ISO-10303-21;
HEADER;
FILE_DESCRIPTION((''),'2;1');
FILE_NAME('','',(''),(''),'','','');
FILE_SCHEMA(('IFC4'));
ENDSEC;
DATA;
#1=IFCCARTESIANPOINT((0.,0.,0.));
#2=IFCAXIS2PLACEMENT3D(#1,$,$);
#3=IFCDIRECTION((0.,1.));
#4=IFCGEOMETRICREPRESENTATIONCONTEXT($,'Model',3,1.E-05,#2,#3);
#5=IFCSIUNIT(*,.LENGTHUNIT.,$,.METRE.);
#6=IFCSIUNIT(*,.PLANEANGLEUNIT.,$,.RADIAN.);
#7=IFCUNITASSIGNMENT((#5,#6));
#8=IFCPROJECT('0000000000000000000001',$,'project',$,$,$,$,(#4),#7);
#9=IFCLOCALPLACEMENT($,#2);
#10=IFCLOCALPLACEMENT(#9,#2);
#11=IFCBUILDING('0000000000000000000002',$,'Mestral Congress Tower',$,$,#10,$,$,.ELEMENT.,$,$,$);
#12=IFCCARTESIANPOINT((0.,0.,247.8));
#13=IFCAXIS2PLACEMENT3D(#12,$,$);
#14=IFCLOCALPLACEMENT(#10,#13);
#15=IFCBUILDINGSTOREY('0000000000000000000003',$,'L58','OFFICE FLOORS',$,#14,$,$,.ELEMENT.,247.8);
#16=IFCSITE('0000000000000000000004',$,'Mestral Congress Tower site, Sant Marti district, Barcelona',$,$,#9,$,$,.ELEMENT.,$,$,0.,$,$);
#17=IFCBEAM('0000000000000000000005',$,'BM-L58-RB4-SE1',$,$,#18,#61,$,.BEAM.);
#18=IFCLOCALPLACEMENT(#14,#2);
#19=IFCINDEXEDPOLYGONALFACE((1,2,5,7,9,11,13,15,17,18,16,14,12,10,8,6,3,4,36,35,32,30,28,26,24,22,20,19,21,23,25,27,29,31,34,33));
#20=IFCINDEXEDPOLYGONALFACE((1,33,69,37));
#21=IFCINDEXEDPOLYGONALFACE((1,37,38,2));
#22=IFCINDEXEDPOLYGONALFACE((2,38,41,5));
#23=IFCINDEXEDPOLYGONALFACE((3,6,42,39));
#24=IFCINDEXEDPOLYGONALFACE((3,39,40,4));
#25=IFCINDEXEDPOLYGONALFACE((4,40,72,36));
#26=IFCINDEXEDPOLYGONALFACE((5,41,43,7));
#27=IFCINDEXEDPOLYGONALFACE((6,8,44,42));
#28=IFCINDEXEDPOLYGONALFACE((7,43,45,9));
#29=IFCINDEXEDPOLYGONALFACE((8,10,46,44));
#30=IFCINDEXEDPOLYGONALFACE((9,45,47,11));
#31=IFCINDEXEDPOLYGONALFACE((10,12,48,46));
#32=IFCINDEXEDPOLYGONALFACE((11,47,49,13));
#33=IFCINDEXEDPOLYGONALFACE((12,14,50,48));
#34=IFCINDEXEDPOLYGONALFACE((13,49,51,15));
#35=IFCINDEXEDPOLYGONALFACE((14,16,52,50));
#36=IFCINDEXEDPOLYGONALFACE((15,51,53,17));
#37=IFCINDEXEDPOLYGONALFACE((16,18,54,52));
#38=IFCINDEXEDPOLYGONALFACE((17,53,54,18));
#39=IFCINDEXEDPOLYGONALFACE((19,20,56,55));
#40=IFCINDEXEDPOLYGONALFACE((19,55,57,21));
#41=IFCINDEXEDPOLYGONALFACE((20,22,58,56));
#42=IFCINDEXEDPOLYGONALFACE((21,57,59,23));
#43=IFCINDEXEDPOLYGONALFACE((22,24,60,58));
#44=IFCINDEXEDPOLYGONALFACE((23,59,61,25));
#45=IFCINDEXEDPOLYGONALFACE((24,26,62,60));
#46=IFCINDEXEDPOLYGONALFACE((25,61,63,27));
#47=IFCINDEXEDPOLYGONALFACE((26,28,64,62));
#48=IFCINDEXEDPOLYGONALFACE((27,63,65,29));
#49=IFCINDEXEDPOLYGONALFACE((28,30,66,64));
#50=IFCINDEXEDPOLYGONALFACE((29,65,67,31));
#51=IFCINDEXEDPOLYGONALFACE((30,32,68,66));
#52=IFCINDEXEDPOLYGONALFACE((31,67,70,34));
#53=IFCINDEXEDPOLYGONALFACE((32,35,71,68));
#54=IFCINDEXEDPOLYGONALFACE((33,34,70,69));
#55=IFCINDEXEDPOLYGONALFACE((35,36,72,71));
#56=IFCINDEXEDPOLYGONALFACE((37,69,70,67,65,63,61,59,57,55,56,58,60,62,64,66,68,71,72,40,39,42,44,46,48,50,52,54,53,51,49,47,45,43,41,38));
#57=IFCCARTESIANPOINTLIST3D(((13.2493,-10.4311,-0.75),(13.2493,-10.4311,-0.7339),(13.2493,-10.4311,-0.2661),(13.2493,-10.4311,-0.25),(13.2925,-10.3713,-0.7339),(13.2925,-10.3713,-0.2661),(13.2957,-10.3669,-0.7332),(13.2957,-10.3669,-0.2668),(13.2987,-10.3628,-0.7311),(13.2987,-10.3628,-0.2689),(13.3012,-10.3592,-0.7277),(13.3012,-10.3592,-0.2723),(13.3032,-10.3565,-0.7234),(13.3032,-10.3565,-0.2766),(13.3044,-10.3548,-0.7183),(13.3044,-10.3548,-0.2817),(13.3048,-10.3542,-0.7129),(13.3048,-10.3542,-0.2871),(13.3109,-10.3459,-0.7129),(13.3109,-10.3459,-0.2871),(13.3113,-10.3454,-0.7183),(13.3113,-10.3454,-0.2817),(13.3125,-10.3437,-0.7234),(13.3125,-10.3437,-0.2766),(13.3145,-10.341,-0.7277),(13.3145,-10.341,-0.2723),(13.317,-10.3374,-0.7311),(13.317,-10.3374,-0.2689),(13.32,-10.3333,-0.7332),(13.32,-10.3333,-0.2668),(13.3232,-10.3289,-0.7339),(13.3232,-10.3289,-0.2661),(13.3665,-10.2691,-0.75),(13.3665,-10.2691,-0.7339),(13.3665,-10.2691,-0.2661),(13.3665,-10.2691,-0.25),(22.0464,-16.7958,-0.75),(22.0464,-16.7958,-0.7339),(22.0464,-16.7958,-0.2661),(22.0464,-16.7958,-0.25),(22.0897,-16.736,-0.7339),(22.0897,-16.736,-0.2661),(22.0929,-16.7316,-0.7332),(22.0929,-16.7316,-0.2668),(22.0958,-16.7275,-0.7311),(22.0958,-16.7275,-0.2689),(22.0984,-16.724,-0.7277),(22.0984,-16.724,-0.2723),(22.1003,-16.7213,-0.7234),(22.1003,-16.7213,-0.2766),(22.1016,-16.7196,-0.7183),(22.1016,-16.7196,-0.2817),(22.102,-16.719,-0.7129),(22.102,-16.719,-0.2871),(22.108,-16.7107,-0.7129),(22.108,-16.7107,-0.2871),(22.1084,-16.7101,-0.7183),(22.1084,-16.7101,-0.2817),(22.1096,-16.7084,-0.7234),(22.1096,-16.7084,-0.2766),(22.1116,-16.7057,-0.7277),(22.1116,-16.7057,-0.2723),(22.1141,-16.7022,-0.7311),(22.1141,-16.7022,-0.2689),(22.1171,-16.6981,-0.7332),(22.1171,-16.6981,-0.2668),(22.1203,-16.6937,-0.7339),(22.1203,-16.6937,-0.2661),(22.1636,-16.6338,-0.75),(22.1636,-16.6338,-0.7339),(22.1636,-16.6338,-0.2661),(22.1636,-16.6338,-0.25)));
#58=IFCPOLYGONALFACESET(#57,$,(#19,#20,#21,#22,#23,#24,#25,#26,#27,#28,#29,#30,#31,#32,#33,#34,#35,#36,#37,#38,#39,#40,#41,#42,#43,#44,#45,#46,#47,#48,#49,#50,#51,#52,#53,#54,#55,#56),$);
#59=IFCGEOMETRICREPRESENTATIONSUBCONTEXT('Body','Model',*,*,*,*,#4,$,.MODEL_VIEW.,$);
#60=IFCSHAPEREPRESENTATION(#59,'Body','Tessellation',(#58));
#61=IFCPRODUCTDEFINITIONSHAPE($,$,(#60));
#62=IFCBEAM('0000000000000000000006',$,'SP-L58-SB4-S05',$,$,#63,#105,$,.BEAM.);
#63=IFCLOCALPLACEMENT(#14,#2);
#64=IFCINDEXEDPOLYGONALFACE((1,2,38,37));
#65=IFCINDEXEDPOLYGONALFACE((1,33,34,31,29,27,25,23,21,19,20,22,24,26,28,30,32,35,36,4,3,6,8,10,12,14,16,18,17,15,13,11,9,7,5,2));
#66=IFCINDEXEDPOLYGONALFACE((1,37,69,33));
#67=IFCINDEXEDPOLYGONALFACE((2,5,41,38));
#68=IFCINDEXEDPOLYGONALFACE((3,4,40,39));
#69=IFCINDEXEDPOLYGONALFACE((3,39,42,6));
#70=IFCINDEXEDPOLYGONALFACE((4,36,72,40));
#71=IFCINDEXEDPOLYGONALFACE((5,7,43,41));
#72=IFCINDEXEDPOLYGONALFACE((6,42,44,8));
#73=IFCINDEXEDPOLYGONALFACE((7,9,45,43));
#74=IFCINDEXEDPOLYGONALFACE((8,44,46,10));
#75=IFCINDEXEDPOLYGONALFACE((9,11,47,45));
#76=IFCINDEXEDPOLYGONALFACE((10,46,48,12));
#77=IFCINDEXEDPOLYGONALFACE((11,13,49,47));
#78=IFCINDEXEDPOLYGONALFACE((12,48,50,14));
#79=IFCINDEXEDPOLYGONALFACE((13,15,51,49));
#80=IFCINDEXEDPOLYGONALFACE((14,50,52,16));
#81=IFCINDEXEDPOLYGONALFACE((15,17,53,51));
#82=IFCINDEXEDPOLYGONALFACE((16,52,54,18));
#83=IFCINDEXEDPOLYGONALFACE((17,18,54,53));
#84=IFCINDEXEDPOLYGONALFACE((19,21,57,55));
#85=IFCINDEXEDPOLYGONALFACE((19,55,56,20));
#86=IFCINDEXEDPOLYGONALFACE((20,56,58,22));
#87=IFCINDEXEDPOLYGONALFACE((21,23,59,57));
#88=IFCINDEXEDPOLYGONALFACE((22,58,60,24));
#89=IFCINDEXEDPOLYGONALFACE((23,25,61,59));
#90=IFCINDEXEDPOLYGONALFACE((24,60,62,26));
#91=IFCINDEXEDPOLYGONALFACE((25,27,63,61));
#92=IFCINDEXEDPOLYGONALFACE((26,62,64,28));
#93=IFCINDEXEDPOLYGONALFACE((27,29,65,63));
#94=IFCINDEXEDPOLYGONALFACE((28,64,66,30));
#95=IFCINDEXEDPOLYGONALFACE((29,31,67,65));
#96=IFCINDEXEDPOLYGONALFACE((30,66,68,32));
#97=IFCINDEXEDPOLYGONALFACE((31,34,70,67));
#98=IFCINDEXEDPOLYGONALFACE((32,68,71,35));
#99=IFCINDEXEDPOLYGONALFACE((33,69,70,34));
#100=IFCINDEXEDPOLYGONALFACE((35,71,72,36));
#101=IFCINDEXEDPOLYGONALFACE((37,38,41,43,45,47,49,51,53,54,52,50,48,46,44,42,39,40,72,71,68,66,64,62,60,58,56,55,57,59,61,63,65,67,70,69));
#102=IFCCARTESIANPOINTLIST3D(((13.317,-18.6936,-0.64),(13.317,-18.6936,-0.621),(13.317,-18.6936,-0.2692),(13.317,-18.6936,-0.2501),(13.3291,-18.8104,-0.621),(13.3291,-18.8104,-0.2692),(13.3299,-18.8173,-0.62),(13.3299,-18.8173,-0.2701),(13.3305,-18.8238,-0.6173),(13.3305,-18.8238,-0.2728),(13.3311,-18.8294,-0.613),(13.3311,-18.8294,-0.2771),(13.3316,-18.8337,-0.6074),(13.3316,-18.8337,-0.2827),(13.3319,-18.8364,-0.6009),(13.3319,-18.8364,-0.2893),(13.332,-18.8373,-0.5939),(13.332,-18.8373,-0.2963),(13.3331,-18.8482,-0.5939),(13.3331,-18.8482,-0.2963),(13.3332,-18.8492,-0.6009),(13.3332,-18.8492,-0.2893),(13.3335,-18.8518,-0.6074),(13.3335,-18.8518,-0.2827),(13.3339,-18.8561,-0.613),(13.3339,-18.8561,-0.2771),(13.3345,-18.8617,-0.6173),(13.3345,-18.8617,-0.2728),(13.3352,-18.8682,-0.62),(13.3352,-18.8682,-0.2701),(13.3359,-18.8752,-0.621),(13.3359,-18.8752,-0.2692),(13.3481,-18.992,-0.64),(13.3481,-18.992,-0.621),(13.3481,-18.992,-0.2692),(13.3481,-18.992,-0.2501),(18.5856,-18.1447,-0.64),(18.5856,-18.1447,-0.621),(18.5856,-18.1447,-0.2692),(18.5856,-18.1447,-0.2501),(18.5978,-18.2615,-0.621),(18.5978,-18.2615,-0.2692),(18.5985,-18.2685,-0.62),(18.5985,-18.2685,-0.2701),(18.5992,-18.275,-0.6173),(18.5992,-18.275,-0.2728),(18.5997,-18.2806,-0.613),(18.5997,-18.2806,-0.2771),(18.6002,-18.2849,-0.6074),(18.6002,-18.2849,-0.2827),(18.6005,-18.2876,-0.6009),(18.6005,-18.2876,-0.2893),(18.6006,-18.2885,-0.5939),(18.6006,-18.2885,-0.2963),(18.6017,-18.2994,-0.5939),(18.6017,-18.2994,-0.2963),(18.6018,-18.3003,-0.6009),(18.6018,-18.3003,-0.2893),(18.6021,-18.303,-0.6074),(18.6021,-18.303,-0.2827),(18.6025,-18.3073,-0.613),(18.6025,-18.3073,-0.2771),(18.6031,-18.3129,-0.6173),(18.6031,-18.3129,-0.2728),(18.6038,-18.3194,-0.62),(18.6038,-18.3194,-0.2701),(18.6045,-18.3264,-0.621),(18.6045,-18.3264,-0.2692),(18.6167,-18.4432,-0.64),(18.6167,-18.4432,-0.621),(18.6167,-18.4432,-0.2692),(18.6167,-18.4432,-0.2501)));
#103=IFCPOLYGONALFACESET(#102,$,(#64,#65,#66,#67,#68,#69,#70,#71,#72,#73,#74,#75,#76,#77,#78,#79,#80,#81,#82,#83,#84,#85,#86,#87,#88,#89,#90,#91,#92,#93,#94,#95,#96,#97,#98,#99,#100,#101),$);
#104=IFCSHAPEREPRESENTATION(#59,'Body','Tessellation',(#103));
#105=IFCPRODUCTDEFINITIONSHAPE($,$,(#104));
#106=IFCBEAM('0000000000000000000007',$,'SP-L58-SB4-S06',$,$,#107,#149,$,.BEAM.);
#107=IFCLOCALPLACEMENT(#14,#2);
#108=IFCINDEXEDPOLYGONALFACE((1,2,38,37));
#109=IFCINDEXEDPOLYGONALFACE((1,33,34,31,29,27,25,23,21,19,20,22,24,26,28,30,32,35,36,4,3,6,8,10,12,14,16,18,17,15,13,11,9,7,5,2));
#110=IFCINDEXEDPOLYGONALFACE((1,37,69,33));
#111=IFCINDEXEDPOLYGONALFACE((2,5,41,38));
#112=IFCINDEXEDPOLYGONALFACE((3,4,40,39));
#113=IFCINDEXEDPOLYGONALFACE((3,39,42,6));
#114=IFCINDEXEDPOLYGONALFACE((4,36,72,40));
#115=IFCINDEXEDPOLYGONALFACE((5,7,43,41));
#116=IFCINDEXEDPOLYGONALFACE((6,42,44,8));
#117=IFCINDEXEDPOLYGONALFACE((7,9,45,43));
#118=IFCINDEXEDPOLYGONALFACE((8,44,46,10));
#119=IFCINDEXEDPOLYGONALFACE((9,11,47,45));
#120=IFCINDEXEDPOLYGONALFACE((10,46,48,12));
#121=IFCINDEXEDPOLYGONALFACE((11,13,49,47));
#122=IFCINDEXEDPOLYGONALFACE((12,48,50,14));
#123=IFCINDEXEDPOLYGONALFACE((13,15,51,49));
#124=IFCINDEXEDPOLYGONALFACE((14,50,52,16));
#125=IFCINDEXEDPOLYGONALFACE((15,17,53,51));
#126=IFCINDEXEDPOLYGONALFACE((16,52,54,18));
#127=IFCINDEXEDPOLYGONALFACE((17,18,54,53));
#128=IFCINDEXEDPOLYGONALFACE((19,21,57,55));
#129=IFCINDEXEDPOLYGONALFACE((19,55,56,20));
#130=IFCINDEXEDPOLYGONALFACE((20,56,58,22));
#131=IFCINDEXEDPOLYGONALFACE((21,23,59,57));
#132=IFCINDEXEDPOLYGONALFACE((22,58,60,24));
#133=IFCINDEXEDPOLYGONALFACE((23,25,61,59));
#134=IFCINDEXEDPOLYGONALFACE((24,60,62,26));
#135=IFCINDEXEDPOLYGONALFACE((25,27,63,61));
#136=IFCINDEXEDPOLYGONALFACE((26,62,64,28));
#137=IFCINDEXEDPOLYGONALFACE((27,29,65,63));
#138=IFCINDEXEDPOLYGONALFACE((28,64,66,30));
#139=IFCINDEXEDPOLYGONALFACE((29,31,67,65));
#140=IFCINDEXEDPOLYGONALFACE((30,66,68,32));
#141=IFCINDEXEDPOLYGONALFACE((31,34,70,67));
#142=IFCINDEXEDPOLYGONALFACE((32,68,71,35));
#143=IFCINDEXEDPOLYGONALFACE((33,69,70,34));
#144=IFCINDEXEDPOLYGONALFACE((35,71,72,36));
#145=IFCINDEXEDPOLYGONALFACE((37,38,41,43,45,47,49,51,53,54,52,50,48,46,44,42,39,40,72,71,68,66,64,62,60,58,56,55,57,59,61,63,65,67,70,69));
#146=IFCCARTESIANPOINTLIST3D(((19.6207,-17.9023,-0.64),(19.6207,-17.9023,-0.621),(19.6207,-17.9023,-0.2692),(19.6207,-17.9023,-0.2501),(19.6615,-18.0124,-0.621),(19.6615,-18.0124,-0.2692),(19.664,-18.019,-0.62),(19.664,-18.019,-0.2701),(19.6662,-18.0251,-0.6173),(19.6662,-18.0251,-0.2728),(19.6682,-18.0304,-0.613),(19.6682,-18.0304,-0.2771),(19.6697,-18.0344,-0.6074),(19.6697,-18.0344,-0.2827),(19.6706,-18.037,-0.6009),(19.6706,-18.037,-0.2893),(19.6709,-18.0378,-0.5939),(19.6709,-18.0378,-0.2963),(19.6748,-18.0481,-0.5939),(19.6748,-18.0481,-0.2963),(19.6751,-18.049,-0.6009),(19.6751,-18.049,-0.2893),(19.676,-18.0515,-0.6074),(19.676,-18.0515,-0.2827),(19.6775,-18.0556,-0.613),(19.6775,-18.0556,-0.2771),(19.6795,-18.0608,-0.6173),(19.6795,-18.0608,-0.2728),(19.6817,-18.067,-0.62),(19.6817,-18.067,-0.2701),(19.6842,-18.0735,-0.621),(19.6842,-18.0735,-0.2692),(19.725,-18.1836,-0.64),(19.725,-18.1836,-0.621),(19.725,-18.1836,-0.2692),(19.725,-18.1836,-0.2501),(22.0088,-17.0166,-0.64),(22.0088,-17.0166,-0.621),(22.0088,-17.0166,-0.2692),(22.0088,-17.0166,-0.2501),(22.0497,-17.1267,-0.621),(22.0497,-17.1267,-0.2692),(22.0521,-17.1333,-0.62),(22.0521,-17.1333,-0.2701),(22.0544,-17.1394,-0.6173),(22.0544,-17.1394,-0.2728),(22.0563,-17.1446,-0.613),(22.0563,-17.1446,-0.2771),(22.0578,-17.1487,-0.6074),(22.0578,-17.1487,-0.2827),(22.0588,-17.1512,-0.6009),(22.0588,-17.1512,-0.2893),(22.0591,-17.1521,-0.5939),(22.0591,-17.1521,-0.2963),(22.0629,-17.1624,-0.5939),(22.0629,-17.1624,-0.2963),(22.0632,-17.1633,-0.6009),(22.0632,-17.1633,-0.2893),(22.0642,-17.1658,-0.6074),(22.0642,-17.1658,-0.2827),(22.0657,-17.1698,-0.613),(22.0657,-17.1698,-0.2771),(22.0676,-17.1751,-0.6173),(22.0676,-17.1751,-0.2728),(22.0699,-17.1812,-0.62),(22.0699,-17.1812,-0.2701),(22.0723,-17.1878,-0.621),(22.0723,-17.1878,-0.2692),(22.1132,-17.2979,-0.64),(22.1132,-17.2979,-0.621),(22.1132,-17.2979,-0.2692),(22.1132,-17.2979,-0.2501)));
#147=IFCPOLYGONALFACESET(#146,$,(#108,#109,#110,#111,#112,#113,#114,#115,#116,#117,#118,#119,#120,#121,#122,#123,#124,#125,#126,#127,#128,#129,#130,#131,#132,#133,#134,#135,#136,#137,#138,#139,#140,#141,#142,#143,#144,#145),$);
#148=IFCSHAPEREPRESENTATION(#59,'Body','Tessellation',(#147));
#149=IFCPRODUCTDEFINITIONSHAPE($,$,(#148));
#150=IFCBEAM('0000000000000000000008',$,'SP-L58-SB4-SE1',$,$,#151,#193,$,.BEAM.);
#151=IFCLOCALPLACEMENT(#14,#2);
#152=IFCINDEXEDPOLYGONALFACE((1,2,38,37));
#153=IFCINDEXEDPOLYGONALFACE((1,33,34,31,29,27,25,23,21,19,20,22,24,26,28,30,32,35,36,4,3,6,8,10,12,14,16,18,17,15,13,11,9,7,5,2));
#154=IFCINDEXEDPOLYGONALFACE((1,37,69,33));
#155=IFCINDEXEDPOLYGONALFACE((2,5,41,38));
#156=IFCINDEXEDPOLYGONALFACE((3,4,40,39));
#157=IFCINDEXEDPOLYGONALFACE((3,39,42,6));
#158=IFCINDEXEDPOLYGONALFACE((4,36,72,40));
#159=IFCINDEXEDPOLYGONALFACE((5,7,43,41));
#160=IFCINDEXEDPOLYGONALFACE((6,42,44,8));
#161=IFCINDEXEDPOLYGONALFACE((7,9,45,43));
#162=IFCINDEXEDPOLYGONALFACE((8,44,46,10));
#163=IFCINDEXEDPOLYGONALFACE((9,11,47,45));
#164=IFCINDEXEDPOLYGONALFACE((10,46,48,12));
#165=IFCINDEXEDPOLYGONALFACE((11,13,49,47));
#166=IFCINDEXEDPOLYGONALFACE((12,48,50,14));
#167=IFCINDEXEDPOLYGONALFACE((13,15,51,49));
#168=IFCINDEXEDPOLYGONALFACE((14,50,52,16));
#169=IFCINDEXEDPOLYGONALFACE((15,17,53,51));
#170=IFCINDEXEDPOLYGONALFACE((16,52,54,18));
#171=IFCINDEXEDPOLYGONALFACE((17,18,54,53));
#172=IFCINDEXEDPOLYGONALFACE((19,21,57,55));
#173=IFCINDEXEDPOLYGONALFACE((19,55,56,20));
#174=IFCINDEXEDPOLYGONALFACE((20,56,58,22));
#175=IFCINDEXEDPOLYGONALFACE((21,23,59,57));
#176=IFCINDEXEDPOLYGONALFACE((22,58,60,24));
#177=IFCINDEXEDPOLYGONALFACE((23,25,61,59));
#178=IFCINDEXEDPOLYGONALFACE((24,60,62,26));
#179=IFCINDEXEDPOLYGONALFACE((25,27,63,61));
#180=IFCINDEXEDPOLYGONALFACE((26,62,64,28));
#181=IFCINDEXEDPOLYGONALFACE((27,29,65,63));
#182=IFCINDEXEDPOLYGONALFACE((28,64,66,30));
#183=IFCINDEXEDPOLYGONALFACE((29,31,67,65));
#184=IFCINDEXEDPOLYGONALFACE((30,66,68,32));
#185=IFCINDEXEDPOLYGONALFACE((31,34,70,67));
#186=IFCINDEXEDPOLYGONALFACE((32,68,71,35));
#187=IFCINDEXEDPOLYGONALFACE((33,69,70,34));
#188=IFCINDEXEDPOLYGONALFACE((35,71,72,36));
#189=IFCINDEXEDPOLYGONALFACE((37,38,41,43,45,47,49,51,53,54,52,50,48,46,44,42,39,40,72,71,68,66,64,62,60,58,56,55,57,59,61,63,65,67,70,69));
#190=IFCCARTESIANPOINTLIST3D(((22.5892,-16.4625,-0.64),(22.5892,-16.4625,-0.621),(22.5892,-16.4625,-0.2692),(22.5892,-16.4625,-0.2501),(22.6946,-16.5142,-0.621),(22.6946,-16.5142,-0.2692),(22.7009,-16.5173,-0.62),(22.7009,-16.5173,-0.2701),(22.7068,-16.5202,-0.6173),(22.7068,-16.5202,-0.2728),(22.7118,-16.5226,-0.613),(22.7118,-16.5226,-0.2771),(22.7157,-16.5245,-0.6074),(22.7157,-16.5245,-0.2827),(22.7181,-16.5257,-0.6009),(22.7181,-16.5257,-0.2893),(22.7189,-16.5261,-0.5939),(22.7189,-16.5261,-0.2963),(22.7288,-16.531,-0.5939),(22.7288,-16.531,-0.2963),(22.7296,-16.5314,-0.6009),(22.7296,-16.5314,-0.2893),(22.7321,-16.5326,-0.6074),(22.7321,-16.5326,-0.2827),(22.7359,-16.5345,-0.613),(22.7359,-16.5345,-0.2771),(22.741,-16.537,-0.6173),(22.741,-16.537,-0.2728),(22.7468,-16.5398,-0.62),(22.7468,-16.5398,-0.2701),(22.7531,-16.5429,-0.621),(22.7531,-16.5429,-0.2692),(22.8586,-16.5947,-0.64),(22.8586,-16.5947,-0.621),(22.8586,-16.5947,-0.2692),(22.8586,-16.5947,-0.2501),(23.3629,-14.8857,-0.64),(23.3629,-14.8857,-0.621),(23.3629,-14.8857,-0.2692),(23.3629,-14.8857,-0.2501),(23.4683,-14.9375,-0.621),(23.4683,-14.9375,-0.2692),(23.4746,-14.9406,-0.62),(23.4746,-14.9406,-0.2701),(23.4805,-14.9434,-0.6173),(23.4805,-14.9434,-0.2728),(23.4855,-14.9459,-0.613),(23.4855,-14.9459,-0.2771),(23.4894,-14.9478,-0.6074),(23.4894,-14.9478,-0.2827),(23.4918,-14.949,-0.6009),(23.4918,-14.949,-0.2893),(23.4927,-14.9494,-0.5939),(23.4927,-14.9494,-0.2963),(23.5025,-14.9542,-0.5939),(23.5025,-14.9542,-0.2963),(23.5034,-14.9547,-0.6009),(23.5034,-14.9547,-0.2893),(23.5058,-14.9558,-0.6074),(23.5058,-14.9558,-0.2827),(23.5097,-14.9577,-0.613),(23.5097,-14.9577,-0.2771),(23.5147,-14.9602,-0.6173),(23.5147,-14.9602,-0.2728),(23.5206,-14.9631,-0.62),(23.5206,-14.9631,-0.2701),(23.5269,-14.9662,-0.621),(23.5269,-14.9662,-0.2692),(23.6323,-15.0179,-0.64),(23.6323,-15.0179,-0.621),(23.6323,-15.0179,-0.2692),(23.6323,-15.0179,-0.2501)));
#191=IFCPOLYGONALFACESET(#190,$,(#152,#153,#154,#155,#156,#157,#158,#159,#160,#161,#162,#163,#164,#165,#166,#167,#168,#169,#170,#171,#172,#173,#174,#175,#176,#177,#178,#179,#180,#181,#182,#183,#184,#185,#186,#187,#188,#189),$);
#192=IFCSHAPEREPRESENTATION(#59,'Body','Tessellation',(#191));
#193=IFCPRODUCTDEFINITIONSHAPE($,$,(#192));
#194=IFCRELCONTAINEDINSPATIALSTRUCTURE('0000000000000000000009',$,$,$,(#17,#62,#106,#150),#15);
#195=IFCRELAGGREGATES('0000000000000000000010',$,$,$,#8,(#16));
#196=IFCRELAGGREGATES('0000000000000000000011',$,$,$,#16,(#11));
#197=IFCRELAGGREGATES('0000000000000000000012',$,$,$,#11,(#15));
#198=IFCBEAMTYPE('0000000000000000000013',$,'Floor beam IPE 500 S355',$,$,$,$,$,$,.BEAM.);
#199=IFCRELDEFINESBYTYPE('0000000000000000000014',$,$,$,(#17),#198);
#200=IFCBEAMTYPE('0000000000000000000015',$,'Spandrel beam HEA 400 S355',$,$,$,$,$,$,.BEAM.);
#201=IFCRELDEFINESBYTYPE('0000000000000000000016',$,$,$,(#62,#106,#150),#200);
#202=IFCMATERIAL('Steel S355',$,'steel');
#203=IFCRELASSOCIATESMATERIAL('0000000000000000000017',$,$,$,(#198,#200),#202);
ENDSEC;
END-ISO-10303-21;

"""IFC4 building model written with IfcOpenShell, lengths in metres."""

from ifc_helpers import new_model, si_unit, direction, frame, origin, origin_2d, place, context, subcontext, project, spatial, i_section, extrude, material, material_profile, profile_set, type_object, element, save


model = new_model("IFC4")

# Units and contexts
model_context = context("Model", 3, precision=1e-05, world=origin(), true_north=direction((0.0, 1.0)))
body_context = subcontext(model_context, "Body", "Model", "MODEL_VIEW")
ifc_project = project(units=[si_unit("LENGTHUNIT", "METRE"), si_unit("PLANEANGLEUNIT", "RADIAN")], contexts=[model_context])

# Site, building, storey
site_placement = place(None, origin())
site = spatial("IfcSite", under=ifc_project, at=site_placement, Name="Mestral Congress Tower site, Sant Marti district, Barcelona", CompositionType="ELEMENT", RefElevation=0.0)
building_placement = place(site_placement, origin())
building = spatial("IfcBuilding", under=site, at=building_placement, Name="Mestral Congress Tower", CompositionType="ELEMENT")
storey_placement = place(building_placement, frame((0.0, 0.0, 247.8)))
storey = spatial("IfcBuildingStorey", under=building, at=storey_placement, Name="L58", Description="OFFICE FLOORS", CompositionType="ELEMENT", Elevation=247.8)

# Beams
ifc_material_1 = material(Name="Steel S355", Category="steel")
ifc_material_profile_1 = material_profile(ifc_material_1, i_section(OverallWidth=0.2, OverallDepth=0.5, WebThickness=0.0103, FlangeThickness=0.0161, FilletRadius=0.021, at=origin_2d()), Name="IPE 500")
ifc_profile_set_1 = profile_set([ifc_material_profile_1], Name="Steel S355")
beam_type_1 = type_object("IfcBeamType", Name="Floor beam IPE 500 S355", PredefinedType="BEAM", material=ifc_profile_set_1)
beam_1_placement = place(storey_placement, frame((22.105, -16.7148, -0.5), z_axis=(-0.810186, 0.586173, 0.0), x_axis=(-0.586173, -0.810186, 0.0)))
element("IfcBeam", 1, at=beam_1_placement, inside=storey, type_object=beam_type_1, Name="BM-L58-RB4-SE1", PredefinedType="BEAM", context=body_context, shape_type="SweptSolid", body=[
    extrude(i_section(OverallWidth=0.2, OverallDepth=0.5, WebThickness=0.0103, FlangeThickness=0.0161, FilletRadius=0.021, at=origin_2d()), origin(), (0.0, 0.0, 1.0), 10.8582),
])
ifc_material_profile_2 = material_profile(ifc_material_1, i_section(OverallWidth=0.3, OverallDepth=0.3899, WebThickness=0.011, FlangeThickness=0.019, FilletRadius=0.0271, at=origin_2d()), Name="HEA 400")
ifc_profile_set_2 = profile_set([ifc_material_profile_2], Name="Steel S355")
beam_type_2 = type_object("IfcBeamType", Name="Spandrel beam HEA 400 S355", PredefinedType="BEAM", material=ifc_profile_set_2)
beam_2_placement = place(storey_placement, frame((13.3325, -18.8428, -0.4451), z_axis=(0.994618, 0.10361, 0.0), x_axis=(-0.10361, 0.994618, 0.0)))
element("IfcBeam", 2, at=beam_2_placement, inside=storey, type_object=beam_type_2, Name="SP-L58-SB4-S05", PredefinedType="BEAM", context=body_context, shape_type="SweptSolid", body=[
    extrude(i_section(OverallWidth=0.3, OverallDepth=0.3899, WebThickness=0.011, FlangeThickness=0.019, FilletRadius=0.0271, at=origin_2d()), origin(), (0.0, 0.0, 1.0), 5.2971),
])
beam_3_placement = place(storey_placement, frame((19.6729, -18.043, -0.4451), z_axis=(0.937591, 0.347739, 0.0), x_axis=(-0.347739, 0.937591, 0.0)))
element("IfcBeam", 3, at=beam_3_placement, inside=storey, type_object=beam_type_2, Name="SP-L58-SB4-S06", PredefinedType="BEAM", context=body_context, shape_type="SweptSolid", body=[
    extrude(i_section(OverallWidth=0.3, OverallDepth=0.3899, WebThickness=0.011, FlangeThickness=0.019, FilletRadius=0.0271, at=origin_2d()), origin(), (0.0, 0.0, 1.0), 2.5471),
])
for number, where, z_axis, x_axis, name in (
    (4, (22.7239, -16.5286, -0.4451), (0.440529, 0.897739, 0.0), (-0.897739, 0.440529, 0.0), "SP-L58-SB4-SE1"),
):
    element("IfcBeam", number, at=place(storey_placement, frame(where, z_axis=z_axis, x_axis=x_axis)), inside=storey, type_object=beam_type_2, Name=name, PredefinedType="BEAM", context=body_context, shape_type="SweptSolid", body=[
        extrude(i_section(OverallWidth=0.3, OverallDepth=0.3899, WebThickness=0.011, FlangeThickness=0.019, FilletRadius=0.0271, at=origin_2d()), origin(), (0.0, 0.0, 1.0), 1.7563),
    ])

save(model, "model.ifc")
